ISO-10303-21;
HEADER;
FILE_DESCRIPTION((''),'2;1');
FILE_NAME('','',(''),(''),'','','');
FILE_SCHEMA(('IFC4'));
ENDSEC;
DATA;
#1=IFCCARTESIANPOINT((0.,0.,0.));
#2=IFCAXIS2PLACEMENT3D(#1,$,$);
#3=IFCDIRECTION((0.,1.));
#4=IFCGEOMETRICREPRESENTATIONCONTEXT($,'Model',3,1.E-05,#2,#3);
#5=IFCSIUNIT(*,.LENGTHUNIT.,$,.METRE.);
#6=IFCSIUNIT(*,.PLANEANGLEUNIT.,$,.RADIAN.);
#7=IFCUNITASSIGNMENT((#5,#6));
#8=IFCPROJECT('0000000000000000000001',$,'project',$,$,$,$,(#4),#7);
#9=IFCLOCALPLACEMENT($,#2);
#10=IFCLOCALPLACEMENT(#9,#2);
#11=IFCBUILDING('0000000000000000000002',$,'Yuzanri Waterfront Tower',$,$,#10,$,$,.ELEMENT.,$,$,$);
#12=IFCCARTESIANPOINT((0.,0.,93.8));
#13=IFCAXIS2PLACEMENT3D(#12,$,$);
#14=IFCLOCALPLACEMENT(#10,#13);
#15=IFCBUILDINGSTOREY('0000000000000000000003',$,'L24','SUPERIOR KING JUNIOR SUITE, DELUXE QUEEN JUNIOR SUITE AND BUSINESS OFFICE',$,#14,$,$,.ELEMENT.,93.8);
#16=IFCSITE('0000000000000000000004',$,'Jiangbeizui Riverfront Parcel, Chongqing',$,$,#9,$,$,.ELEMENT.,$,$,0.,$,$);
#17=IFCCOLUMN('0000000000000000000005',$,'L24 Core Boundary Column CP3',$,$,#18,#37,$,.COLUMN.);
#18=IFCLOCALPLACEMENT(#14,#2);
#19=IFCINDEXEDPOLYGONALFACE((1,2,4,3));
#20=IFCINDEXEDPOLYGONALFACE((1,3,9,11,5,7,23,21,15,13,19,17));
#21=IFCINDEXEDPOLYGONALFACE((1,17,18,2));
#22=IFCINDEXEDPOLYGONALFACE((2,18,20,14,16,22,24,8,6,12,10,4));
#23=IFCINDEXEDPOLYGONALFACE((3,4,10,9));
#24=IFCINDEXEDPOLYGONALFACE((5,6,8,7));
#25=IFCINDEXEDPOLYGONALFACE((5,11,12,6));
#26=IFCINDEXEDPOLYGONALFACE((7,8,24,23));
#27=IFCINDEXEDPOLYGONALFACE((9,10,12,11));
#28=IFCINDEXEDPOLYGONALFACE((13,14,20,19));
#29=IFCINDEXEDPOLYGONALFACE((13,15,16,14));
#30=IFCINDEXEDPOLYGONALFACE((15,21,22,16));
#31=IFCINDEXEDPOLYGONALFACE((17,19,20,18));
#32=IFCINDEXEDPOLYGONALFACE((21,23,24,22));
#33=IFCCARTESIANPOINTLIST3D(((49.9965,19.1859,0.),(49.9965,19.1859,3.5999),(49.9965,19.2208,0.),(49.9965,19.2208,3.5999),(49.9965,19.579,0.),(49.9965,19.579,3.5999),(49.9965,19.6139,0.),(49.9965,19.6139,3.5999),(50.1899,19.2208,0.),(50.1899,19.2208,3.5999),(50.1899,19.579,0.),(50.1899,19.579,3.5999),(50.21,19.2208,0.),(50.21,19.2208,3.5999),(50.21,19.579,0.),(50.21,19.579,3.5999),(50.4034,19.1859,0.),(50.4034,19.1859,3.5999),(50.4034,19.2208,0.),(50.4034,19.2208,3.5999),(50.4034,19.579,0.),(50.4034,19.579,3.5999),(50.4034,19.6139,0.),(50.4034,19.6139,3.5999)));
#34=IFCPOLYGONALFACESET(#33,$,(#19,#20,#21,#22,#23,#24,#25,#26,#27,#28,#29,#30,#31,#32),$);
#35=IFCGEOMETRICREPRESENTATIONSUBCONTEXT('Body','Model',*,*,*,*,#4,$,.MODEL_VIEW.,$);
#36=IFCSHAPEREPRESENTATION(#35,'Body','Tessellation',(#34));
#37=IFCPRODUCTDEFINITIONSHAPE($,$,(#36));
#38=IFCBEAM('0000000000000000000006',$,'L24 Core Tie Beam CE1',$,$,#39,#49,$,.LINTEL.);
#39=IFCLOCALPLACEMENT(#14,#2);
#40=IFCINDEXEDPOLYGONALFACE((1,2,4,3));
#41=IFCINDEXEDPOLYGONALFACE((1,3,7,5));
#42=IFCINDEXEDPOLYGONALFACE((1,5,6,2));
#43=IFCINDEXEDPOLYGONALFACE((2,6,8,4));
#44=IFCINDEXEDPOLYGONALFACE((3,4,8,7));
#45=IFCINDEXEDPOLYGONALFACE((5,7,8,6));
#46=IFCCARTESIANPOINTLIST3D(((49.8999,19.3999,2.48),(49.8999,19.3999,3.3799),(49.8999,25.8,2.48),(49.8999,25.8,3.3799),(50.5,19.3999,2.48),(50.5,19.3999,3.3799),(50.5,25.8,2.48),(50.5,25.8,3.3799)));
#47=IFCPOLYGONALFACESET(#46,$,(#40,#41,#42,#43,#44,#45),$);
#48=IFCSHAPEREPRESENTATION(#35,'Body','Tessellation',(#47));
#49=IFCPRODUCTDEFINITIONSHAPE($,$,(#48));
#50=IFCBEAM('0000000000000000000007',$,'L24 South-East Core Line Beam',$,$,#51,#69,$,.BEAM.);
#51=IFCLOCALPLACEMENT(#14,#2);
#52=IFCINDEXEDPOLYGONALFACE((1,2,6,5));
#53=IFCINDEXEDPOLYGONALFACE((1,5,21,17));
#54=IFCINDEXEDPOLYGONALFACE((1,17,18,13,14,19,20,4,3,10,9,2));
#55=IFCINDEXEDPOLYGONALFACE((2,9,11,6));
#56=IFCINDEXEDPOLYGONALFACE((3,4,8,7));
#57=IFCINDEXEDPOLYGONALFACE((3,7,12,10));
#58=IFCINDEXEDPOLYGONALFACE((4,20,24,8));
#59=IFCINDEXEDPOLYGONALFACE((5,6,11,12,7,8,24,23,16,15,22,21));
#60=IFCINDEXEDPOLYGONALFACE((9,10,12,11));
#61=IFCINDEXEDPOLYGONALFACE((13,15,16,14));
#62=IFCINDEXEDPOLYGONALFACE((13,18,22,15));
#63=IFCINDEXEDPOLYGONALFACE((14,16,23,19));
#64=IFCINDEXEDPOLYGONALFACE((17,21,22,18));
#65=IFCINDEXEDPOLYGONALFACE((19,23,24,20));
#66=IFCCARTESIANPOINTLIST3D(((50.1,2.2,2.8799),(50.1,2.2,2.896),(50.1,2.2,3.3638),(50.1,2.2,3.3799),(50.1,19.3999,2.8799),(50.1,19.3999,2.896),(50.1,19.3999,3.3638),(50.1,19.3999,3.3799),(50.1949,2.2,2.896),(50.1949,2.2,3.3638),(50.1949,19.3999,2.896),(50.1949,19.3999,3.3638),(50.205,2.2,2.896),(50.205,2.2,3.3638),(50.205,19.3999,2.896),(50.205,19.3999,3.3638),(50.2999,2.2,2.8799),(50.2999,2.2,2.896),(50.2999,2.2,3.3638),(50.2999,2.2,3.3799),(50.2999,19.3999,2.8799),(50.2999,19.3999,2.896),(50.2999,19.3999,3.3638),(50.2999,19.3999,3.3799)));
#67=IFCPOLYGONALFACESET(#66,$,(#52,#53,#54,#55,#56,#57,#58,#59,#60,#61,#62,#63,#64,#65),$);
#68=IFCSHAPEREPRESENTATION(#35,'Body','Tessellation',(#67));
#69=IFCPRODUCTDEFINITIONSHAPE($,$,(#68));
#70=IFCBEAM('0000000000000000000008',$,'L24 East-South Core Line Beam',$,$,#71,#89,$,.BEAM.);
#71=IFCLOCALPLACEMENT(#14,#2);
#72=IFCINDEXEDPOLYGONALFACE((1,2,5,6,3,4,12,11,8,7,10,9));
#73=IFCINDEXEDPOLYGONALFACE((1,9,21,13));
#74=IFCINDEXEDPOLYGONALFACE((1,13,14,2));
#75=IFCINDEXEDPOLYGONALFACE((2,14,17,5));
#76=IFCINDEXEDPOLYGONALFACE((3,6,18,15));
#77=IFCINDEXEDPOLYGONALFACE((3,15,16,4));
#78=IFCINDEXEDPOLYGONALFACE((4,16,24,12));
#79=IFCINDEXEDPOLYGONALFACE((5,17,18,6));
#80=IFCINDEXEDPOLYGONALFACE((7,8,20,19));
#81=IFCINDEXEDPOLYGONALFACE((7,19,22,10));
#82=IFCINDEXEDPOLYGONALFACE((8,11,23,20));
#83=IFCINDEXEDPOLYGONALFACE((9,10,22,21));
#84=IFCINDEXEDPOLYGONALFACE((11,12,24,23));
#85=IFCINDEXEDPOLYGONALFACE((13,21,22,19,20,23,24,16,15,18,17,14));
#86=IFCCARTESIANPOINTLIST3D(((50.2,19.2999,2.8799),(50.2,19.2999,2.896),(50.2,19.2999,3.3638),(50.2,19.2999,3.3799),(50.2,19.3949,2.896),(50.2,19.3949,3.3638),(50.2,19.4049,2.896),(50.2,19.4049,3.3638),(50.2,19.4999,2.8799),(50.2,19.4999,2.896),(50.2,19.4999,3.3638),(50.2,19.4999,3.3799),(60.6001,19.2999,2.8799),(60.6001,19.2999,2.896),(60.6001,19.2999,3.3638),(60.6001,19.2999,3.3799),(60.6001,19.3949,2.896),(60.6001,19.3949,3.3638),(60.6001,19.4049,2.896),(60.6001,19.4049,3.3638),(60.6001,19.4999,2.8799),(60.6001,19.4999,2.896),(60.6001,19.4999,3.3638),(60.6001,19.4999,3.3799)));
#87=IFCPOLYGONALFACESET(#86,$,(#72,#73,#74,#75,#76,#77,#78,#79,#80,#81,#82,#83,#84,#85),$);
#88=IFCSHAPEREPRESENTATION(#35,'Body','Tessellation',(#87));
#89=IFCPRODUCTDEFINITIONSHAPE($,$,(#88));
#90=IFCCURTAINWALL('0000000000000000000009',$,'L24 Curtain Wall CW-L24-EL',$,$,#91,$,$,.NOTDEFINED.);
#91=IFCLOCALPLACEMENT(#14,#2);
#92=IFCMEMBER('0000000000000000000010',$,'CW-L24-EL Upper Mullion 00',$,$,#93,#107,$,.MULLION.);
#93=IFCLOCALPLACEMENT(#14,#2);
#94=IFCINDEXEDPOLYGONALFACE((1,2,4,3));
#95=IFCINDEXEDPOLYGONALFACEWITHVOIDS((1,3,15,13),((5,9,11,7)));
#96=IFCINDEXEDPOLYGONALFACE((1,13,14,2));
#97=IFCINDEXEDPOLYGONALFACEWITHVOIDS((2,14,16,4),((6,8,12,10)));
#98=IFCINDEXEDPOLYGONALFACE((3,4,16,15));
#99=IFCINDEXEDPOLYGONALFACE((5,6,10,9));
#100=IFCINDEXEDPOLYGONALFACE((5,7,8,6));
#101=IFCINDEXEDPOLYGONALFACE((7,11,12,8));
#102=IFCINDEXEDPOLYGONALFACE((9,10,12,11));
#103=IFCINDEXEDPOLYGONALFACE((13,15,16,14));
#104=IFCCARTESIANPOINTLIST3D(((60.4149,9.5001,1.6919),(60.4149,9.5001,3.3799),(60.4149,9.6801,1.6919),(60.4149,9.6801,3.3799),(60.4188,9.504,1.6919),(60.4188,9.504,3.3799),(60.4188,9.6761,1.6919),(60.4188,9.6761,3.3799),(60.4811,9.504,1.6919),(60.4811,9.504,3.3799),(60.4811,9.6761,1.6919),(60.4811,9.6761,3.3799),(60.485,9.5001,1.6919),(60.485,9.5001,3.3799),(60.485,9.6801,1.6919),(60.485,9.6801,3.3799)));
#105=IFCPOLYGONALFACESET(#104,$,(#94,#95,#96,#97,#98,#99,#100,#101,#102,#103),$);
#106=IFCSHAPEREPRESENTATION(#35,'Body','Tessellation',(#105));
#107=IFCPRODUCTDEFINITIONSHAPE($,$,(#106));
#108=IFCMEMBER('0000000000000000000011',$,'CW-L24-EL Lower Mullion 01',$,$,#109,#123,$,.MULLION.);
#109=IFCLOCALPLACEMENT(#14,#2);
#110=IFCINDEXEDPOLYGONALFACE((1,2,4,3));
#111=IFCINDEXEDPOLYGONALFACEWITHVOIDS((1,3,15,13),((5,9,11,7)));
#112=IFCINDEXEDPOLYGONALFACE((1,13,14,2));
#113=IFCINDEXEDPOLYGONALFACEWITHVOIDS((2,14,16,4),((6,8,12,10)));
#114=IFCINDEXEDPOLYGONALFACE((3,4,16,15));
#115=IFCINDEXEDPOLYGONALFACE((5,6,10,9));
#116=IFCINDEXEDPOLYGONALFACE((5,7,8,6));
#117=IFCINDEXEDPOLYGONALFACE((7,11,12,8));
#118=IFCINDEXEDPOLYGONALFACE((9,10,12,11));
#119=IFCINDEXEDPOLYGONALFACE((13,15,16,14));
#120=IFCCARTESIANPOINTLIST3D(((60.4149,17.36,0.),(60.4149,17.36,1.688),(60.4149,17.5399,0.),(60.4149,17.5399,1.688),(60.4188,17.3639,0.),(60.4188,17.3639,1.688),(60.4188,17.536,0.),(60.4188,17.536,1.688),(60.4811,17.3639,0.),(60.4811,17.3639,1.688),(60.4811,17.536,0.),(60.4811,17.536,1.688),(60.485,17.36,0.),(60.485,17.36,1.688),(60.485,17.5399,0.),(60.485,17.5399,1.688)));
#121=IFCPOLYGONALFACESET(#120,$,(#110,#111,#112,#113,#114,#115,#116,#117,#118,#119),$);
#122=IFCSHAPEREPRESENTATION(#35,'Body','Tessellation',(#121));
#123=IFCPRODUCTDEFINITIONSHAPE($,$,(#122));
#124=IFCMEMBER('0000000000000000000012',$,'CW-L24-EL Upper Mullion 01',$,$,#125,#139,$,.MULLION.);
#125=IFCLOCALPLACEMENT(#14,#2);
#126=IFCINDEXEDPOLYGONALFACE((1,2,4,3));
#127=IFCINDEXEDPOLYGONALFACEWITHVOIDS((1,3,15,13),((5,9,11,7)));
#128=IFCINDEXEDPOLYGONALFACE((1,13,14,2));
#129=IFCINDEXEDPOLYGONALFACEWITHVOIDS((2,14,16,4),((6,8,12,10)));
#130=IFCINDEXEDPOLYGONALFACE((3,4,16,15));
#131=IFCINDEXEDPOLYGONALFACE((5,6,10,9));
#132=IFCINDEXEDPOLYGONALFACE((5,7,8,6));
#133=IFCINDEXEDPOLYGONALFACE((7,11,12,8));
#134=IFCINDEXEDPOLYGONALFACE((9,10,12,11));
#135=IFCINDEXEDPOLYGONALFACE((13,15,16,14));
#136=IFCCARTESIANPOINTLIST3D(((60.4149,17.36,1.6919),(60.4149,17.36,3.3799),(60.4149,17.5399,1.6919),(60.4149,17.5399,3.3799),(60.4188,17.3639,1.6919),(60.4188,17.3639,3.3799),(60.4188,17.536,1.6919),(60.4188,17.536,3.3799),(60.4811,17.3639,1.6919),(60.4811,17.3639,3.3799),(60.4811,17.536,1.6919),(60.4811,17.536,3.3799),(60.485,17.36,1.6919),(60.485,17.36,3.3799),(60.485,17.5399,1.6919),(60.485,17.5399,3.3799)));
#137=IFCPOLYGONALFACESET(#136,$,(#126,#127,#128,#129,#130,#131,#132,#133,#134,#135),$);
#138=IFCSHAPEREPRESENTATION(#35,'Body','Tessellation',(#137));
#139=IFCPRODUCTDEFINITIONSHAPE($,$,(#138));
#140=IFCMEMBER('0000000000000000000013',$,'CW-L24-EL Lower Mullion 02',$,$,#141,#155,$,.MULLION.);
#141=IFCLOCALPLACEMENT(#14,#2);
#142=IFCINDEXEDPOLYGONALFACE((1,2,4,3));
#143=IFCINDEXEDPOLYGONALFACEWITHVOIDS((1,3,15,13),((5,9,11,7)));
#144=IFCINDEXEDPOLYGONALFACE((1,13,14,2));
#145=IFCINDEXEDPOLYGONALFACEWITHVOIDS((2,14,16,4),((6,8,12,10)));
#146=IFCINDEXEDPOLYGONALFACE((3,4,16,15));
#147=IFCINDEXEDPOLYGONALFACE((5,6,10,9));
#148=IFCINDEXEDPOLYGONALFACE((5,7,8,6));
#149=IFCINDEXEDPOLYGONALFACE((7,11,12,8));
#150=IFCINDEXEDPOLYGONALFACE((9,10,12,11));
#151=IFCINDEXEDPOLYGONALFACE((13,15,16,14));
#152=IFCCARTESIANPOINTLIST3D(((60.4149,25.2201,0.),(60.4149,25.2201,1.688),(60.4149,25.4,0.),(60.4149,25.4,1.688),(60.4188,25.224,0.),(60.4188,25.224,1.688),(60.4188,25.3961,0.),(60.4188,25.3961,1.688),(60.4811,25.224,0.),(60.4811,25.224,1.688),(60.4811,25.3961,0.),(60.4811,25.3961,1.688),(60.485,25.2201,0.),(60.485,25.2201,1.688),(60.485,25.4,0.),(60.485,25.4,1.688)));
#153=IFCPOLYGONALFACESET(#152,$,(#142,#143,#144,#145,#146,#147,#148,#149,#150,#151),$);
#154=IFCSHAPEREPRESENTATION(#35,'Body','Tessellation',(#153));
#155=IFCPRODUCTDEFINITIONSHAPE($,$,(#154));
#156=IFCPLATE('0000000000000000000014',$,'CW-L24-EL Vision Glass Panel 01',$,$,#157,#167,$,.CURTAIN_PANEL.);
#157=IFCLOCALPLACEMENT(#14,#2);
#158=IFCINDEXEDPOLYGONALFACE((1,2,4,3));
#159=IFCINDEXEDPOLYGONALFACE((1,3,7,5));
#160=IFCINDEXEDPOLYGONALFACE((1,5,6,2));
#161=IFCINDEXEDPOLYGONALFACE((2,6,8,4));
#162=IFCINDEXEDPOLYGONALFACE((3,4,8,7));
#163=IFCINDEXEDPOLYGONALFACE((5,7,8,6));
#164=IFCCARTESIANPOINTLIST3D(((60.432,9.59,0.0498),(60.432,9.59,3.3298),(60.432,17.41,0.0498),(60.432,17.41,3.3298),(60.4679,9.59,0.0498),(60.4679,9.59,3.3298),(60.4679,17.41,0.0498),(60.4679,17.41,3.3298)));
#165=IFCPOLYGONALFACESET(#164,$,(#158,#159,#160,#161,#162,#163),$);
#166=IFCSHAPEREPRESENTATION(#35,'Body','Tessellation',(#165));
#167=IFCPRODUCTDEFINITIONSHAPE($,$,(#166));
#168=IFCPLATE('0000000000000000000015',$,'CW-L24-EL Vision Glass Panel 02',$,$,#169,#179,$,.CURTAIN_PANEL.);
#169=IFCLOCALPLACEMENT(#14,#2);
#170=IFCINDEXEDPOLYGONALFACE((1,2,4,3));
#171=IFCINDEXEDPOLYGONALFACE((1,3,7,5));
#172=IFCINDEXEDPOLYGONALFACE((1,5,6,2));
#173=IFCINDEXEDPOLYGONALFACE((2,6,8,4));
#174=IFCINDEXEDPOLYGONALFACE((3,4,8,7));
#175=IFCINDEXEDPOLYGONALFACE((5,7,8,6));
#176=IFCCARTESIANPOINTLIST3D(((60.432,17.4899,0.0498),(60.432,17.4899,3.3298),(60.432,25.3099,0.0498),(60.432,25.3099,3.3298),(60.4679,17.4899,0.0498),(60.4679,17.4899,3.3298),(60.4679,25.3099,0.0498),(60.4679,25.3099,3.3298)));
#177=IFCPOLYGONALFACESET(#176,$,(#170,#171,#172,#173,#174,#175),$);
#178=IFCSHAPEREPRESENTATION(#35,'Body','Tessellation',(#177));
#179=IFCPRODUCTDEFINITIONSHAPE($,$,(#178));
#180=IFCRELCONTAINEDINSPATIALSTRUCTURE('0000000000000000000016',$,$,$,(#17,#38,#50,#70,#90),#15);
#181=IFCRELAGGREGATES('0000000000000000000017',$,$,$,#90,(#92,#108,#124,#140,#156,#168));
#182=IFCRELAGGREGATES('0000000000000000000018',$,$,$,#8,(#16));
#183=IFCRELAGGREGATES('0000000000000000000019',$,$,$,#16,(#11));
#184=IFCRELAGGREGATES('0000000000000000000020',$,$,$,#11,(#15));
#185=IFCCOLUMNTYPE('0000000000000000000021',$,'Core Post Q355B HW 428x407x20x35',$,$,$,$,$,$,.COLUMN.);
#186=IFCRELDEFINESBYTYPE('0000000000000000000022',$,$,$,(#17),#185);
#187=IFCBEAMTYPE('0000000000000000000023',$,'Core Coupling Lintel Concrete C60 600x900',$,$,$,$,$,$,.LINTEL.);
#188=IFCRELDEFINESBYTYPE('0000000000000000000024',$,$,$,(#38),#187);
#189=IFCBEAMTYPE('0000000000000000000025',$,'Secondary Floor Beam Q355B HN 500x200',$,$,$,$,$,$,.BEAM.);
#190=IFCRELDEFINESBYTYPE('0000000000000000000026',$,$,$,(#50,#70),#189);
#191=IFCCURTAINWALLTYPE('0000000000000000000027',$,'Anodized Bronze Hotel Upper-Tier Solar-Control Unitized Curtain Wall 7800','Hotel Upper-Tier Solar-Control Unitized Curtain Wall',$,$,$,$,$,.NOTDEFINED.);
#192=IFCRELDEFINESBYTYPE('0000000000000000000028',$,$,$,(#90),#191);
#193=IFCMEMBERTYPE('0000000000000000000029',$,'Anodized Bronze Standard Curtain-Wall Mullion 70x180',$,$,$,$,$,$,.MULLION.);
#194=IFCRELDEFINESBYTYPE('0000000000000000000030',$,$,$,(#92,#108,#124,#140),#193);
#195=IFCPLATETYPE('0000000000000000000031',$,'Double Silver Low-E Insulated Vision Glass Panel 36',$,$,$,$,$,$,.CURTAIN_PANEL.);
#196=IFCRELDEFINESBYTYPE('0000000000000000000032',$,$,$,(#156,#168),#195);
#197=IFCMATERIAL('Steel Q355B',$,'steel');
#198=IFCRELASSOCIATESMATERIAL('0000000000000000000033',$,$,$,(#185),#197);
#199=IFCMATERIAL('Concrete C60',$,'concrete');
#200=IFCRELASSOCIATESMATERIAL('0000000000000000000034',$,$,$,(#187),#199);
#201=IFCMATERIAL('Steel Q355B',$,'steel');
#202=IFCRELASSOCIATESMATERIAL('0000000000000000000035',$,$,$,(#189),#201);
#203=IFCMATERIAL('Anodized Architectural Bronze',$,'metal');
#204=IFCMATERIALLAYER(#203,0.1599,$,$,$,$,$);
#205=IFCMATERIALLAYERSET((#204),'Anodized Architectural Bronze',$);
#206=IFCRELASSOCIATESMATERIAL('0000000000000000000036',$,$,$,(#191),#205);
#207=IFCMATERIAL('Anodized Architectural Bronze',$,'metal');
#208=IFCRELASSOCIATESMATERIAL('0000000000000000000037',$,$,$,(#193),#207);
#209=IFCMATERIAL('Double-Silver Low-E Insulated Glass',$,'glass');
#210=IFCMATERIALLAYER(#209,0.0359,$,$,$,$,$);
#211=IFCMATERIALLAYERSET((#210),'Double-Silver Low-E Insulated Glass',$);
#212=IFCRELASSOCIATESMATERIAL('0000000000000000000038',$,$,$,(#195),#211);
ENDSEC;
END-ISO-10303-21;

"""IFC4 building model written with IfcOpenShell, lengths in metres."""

from ifc_helpers import new_model, si_unit, direction, frame, origin, origin_2d, place, context, subcontext, project, spatial, rectangle, hollow_rectangle, i_section, extrude, source, transform, mapped, material, layer, layer_set, material_profile, profile_set, type_object, element, aggregate, save


model = new_model("IFC4")

# Units and contexts
model_context = context("Model", 3, precision=1e-05, world=origin(), true_north=direction((0.0, 1.0)))
body_context = subcontext(model_context, "Body", "Model", "MODEL_VIEW")
ifc_project = project(units=[si_unit("LENGTHUNIT", "METRE"), si_unit("PLANEANGLEUNIT", "RADIAN")], contexts=[model_context])

# Site, building, storey
site_placement = place(None, origin())
site = spatial("IfcSite", under=ifc_project, at=site_placement, Name="Jiangbeizui Riverfront Parcel, Chongqing", CompositionType="ELEMENT", RefElevation=0.0)
building_placement = place(site_placement, origin())
building = spatial("IfcBuilding", under=site, at=building_placement, Name="Yuzanri Waterfront Tower", CompositionType="ELEMENT")
storey_placement = place(building_placement, frame((0.0, 0.0, 93.8)))
storey = spatial("IfcBuildingStorey", under=building, at=storey_placement, Name="L24", Description="SUPERIOR KING JUNIOR SUITE, DELUXE QUEEN JUNIOR SUITE AND BUSINESS OFFICE", CompositionType="ELEMENT", Elevation=93.8)

# Column
ifc_material_1 = material(Name="Steel Q355B", Category="steel")
ifc_material_profile_1 = material_profile(ifc_material_1, i_section(OverallWidth=0.407, OverallDepth=0.428, WebThickness=0.02, FlangeThickness=0.0349, at=origin_2d()), Name="HW 428x407x20x35")
ifc_profile_set_1 = profile_set([ifc_material_profile_1], Name="Steel Q355B")
column_type = type_object("IfcColumnType", Name="Core Post Q355B HW 428x407x20x35", PredefinedType="COLUMN", material=ifc_profile_set_1)
shared_shape_1 = source(origin(), body_context, "Body", "SweptSolid", [
    extrude(i_section(OverallWidth=0.407, OverallDepth=0.428, WebThickness=0.02, FlangeThickness=0.0349, at=origin_2d()), origin(), (0.0, 0.0, 1.0), 3.5999),
])
column_placement = place(storey_placement, frame((50.2, 19.3999, 0.0), z_axis=(0.0, 0.0, 1.0), x_axis=(1.0, 0.0, 0.0)))
element("IfcColumn", 1, at=column_placement, inside=storey, type_object=column_type, Name="L24 Core Boundary Column CP3", PredefinedType="COLUMN", context=body_context, shape_type="MappedRepresentation", body=[
    mapped(shared_shape_1, transform((0.0, 0.0, 0.0), scale=1.0)),
])

# Beams
ifc_material_2 = material(Name="Concrete C60", Category="concrete")
ifc_material_profile_2 = material_profile(ifc_material_2, rectangle(XDim=0.6001, YDim=0.8999, at=origin_2d()), Name="RC 600x900")
ifc_profile_set_2 = profile_set([ifc_material_profile_2], Name="Concrete C60")
beam_type_1 = type_object("IfcBeamType", Name="Core Coupling Lintel Concrete C60 600x900", PredefinedType="LINTEL", material=ifc_profile_set_2)
shared_shape_2 = source(origin(), body_context, "Body", "SweptSolid", [
    extrude(rectangle(XDim=0.6001, YDim=0.8999, at=origin_2d()), origin(), (0.0, 0.0, 1.0), 6.4001),
])
beam_1_placement = place(storey_placement, frame((50.2, 19.3999, 2.9299), z_axis=(0.0, 1.0, 0.0), x_axis=(-1.0, 0.0, 0.0)))
element("IfcBeam", 2, at=beam_1_placement, inside=storey, type_object=beam_type_1, Name="L24 Core Tie Beam CE1", PredefinedType="LINTEL", context=body_context, shape_type="MappedRepresentation", body=[
    mapped(shared_shape_2, transform((0.0, 0.0, 0.0), scale=1.0)),
])
ifc_material_3 = material(Name="Steel Q355B", Category="steel")
ifc_material_profile_3 = material_profile(ifc_material_3, i_section(OverallWidth=0.2, OverallDepth=0.5, WebThickness=0.01, FlangeThickness=0.0161, at=origin_2d()), Name="HN 500x200x10x16")
ifc_profile_set_3 = profile_set([ifc_material_profile_3], Name="Steel Q355B")
beam_type_2 = type_object("IfcBeamType", Name="Secondary Floor Beam Q355B HN 500x200", PredefinedType="BEAM", material=ifc_profile_set_3)
shared_shape_3 = source(origin(), body_context, "Body", "SweptSolid", [
    extrude(i_section(OverallWidth=0.2, OverallDepth=0.5, WebThickness=0.01, FlangeThickness=0.0161, at=origin_2d()), origin(), (0.0, 0.0, 1.0), 17.2),
])
beam_2_placement = place(storey_placement, frame((50.2, 19.3999, 3.1299), z_axis=(0.0, -1.0, 0.0), x_axis=(1.0, 0.0, 0.0)))
element("IfcBeam", 3, at=beam_2_placement, inside=storey, type_object=beam_type_2, Name="L24 South-East Core Line Beam", PredefinedType="BEAM", context=body_context, shape_type="MappedRepresentation", body=[
    mapped(shared_shape_3, transform((0.0, 0.0, 0.0), scale=1.0)),
])
shared_shape_4 = source(origin(), body_context, "Body", "SweptSolid", [
    extrude(i_section(OverallWidth=0.2, OverallDepth=0.5, WebThickness=0.01, FlangeThickness=0.0161, at=origin_2d()), origin(), (0.0, 0.0, 1.0), 10.4001),
])
beam_3_placement = place(storey_placement, frame((50.2, 19.3999, 3.1299), z_axis=(1.0, 0.0, 0.0), x_axis=(0.0, 1.0, 0.0)))
element("IfcBeam", 4, at=beam_3_placement, inside=storey, type_object=beam_type_2, Name="L24 East-South Core Line Beam", PredefinedType="BEAM", context=body_context, shape_type="MappedRepresentation", body=[
    mapped(shared_shape_4, transform((0.0, 0.0, 0.0), scale=1.0)),
])

# Curtain wall, members, plates
ifc_material_4 = material(Name="Anodized Architectural Bronze", Category="metal")
ifc_layer_1 = layer(ifc_material_4, 0.1599)
ifc_layer_set_1 = layer_set([ifc_layer_1], Name="Anodized Architectural Bronze")
curtain_wall_type = type_object("IfcCurtainWallType", Name="Anodized Bronze Hotel Upper-Tier Solar-Control Unitized Curtain Wall 7800", Description="Hotel Upper-Tier Solar-Control Unitized Curtain Wall", PredefinedType="NOTDEFINED", material=ifc_layer_set_1)
curtain_wall_placement = place(storey_placement, origin())
curtain_wall = element("IfcCurtainWall", 5, at=curtain_wall_placement, inside=storey, type_object=curtain_wall_type, Name="L24 Curtain Wall CW-L24-EL", PredefinedType="NOTDEFINED")
ifc_material_5 = material(Name="Anodized Architectural Bronze", Category="metal")
ifc_material_profile_4 = material_profile(ifc_material_5, hollow_rectangle(XDim=0.0701, YDim=0.1799, WallThickness=0.0039, at=origin_2d()), Name="CWM 70x180")
ifc_profile_set_4 = profile_set([ifc_material_profile_4], Name="Anodized Architectural Bronze")
member_type = type_object("IfcMemberType", Name="Anodized Bronze Standard Curtain-Wall Mullion 70x180", PredefinedType="MULLION", material=ifc_profile_set_4)
shared_shape_5 = source(origin(), body_context, "Body", "SweptSolid", [
    extrude(hollow_rectangle(XDim=0.0701, YDim=0.1799, WallThickness=0.0039, at=origin_2d()), origin(), (0.0, 0.0, 1.0), 1.688),
])
member_1_placement = place(storey_placement, frame((60.45, 9.5901, 1.6919), z_axis=(0.0, 0.0, 1.0), x_axis=(1.0, 0.0, 0.0)))
member_1 = element("IfcMember", 6, at=member_1_placement, type_object=member_type, Name="CW-L24-EL Upper Mullion 00", PredefinedType="MULLION", context=body_context, shape_type="MappedRepresentation", body=[
    mapped(shared_shape_5, transform((0.0, 0.0, 0.0), scale=1.0)),
])
member_2_placement = place(storey_placement, frame((60.45, 17.45, 0.0), z_axis=(0.0, 0.0, 1.0), x_axis=(1.0, 0.0, 0.0)))
member_2 = element("IfcMember", 7, at=member_2_placement, type_object=member_type, Name="CW-L24-EL Lower Mullion 01", PredefinedType="MULLION", context=body_context, shape_type="MappedRepresentation", body=[
    mapped(shared_shape_5, transform((0.0, 0.0, 0.0), scale=1.0)),
])
member_3_placement = place(storey_placement, frame((60.45, 17.45, 1.6919), z_axis=(0.0, 0.0, 1.0), x_axis=(1.0, 0.0, 0.0)))
member_3 = element("IfcMember", 8, at=member_3_placement, type_object=member_type, Name="CW-L24-EL Upper Mullion 01", PredefinedType="MULLION", context=body_context, shape_type="MappedRepresentation", body=[
    mapped(shared_shape_5, transform((0.0, 0.0, 0.0), scale=1.0)),
])
member_4_placement = place(storey_placement, frame((60.45, 25.3101, 0.0), z_axis=(0.0, 0.0, 1.0), x_axis=(1.0, 0.0, 0.0)))
member_4 = element("IfcMember", 9, at=member_4_placement, type_object=member_type, Name="CW-L24-EL Lower Mullion 02", PredefinedType="MULLION", context=body_context, shape_type="MappedRepresentation", body=[
    mapped(shared_shape_5, transform((0.0, 0.0, 0.0), scale=1.0)),
])
ifc_material_6 = material(Name="Double-Silver Low-E Insulated Glass", Category="glass")
ifc_layer_2 = layer(ifc_material_6, 0.0359)
ifc_layer_set_2 = layer_set([ifc_layer_2], Name="Double-Silver Low-E Insulated Glass")
plate_type = type_object("IfcPlateType", Name="Double Silver Low-E Insulated Vision Glass Panel 36", PredefinedType="CURTAIN_PANEL", material=ifc_layer_set_2)
shared_shape_6 = source(origin(), body_context, "Body", "SweptSolid", [
    extrude(rectangle(XDim=7.8201, YDim=0.0359, at=origin_2d()), origin(), (0.0, 0.0, 1.0), 3.28),
])
plate_1_placement = place(storey_placement, frame((60.45, 13.5, 0.0498), z_axis=(0.0, 0.0, 1.0), x_axis=(0.0, 1.0, 0.0)))
plate_1 = element("IfcPlate", 10, at=plate_1_placement, type_object=plate_type, Name="CW-L24-EL Vision Glass Panel 01", PredefinedType="CURTAIN_PANEL", context=body_context, shape_type="MappedRepresentation", body=[
    mapped(shared_shape_6, transform((0.0, 0.0, 0.0), scale=1.0)),
])
plate_2_placement = place(storey_placement, frame((60.45, 21.3999, 0.0498), z_axis=(0.0, 0.0, 1.0), x_axis=(0.0, 1.0, 0.0)))
plate_2 = element("IfcPlate", 11, at=plate_2_placement, type_object=plate_type, Name="CW-L24-EL Vision Glass Panel 02", PredefinedType="CURTAIN_PANEL", context=body_context, shape_type="MappedRepresentation", body=[
    mapped(shared_shape_6, transform((0.0, 0.0, 0.0), scale=1.0)),
])
aggregate(curtain_wall, [member_1, member_2, member_3, member_4, plate_1, plate_2])

save(model, "model.ifc")
